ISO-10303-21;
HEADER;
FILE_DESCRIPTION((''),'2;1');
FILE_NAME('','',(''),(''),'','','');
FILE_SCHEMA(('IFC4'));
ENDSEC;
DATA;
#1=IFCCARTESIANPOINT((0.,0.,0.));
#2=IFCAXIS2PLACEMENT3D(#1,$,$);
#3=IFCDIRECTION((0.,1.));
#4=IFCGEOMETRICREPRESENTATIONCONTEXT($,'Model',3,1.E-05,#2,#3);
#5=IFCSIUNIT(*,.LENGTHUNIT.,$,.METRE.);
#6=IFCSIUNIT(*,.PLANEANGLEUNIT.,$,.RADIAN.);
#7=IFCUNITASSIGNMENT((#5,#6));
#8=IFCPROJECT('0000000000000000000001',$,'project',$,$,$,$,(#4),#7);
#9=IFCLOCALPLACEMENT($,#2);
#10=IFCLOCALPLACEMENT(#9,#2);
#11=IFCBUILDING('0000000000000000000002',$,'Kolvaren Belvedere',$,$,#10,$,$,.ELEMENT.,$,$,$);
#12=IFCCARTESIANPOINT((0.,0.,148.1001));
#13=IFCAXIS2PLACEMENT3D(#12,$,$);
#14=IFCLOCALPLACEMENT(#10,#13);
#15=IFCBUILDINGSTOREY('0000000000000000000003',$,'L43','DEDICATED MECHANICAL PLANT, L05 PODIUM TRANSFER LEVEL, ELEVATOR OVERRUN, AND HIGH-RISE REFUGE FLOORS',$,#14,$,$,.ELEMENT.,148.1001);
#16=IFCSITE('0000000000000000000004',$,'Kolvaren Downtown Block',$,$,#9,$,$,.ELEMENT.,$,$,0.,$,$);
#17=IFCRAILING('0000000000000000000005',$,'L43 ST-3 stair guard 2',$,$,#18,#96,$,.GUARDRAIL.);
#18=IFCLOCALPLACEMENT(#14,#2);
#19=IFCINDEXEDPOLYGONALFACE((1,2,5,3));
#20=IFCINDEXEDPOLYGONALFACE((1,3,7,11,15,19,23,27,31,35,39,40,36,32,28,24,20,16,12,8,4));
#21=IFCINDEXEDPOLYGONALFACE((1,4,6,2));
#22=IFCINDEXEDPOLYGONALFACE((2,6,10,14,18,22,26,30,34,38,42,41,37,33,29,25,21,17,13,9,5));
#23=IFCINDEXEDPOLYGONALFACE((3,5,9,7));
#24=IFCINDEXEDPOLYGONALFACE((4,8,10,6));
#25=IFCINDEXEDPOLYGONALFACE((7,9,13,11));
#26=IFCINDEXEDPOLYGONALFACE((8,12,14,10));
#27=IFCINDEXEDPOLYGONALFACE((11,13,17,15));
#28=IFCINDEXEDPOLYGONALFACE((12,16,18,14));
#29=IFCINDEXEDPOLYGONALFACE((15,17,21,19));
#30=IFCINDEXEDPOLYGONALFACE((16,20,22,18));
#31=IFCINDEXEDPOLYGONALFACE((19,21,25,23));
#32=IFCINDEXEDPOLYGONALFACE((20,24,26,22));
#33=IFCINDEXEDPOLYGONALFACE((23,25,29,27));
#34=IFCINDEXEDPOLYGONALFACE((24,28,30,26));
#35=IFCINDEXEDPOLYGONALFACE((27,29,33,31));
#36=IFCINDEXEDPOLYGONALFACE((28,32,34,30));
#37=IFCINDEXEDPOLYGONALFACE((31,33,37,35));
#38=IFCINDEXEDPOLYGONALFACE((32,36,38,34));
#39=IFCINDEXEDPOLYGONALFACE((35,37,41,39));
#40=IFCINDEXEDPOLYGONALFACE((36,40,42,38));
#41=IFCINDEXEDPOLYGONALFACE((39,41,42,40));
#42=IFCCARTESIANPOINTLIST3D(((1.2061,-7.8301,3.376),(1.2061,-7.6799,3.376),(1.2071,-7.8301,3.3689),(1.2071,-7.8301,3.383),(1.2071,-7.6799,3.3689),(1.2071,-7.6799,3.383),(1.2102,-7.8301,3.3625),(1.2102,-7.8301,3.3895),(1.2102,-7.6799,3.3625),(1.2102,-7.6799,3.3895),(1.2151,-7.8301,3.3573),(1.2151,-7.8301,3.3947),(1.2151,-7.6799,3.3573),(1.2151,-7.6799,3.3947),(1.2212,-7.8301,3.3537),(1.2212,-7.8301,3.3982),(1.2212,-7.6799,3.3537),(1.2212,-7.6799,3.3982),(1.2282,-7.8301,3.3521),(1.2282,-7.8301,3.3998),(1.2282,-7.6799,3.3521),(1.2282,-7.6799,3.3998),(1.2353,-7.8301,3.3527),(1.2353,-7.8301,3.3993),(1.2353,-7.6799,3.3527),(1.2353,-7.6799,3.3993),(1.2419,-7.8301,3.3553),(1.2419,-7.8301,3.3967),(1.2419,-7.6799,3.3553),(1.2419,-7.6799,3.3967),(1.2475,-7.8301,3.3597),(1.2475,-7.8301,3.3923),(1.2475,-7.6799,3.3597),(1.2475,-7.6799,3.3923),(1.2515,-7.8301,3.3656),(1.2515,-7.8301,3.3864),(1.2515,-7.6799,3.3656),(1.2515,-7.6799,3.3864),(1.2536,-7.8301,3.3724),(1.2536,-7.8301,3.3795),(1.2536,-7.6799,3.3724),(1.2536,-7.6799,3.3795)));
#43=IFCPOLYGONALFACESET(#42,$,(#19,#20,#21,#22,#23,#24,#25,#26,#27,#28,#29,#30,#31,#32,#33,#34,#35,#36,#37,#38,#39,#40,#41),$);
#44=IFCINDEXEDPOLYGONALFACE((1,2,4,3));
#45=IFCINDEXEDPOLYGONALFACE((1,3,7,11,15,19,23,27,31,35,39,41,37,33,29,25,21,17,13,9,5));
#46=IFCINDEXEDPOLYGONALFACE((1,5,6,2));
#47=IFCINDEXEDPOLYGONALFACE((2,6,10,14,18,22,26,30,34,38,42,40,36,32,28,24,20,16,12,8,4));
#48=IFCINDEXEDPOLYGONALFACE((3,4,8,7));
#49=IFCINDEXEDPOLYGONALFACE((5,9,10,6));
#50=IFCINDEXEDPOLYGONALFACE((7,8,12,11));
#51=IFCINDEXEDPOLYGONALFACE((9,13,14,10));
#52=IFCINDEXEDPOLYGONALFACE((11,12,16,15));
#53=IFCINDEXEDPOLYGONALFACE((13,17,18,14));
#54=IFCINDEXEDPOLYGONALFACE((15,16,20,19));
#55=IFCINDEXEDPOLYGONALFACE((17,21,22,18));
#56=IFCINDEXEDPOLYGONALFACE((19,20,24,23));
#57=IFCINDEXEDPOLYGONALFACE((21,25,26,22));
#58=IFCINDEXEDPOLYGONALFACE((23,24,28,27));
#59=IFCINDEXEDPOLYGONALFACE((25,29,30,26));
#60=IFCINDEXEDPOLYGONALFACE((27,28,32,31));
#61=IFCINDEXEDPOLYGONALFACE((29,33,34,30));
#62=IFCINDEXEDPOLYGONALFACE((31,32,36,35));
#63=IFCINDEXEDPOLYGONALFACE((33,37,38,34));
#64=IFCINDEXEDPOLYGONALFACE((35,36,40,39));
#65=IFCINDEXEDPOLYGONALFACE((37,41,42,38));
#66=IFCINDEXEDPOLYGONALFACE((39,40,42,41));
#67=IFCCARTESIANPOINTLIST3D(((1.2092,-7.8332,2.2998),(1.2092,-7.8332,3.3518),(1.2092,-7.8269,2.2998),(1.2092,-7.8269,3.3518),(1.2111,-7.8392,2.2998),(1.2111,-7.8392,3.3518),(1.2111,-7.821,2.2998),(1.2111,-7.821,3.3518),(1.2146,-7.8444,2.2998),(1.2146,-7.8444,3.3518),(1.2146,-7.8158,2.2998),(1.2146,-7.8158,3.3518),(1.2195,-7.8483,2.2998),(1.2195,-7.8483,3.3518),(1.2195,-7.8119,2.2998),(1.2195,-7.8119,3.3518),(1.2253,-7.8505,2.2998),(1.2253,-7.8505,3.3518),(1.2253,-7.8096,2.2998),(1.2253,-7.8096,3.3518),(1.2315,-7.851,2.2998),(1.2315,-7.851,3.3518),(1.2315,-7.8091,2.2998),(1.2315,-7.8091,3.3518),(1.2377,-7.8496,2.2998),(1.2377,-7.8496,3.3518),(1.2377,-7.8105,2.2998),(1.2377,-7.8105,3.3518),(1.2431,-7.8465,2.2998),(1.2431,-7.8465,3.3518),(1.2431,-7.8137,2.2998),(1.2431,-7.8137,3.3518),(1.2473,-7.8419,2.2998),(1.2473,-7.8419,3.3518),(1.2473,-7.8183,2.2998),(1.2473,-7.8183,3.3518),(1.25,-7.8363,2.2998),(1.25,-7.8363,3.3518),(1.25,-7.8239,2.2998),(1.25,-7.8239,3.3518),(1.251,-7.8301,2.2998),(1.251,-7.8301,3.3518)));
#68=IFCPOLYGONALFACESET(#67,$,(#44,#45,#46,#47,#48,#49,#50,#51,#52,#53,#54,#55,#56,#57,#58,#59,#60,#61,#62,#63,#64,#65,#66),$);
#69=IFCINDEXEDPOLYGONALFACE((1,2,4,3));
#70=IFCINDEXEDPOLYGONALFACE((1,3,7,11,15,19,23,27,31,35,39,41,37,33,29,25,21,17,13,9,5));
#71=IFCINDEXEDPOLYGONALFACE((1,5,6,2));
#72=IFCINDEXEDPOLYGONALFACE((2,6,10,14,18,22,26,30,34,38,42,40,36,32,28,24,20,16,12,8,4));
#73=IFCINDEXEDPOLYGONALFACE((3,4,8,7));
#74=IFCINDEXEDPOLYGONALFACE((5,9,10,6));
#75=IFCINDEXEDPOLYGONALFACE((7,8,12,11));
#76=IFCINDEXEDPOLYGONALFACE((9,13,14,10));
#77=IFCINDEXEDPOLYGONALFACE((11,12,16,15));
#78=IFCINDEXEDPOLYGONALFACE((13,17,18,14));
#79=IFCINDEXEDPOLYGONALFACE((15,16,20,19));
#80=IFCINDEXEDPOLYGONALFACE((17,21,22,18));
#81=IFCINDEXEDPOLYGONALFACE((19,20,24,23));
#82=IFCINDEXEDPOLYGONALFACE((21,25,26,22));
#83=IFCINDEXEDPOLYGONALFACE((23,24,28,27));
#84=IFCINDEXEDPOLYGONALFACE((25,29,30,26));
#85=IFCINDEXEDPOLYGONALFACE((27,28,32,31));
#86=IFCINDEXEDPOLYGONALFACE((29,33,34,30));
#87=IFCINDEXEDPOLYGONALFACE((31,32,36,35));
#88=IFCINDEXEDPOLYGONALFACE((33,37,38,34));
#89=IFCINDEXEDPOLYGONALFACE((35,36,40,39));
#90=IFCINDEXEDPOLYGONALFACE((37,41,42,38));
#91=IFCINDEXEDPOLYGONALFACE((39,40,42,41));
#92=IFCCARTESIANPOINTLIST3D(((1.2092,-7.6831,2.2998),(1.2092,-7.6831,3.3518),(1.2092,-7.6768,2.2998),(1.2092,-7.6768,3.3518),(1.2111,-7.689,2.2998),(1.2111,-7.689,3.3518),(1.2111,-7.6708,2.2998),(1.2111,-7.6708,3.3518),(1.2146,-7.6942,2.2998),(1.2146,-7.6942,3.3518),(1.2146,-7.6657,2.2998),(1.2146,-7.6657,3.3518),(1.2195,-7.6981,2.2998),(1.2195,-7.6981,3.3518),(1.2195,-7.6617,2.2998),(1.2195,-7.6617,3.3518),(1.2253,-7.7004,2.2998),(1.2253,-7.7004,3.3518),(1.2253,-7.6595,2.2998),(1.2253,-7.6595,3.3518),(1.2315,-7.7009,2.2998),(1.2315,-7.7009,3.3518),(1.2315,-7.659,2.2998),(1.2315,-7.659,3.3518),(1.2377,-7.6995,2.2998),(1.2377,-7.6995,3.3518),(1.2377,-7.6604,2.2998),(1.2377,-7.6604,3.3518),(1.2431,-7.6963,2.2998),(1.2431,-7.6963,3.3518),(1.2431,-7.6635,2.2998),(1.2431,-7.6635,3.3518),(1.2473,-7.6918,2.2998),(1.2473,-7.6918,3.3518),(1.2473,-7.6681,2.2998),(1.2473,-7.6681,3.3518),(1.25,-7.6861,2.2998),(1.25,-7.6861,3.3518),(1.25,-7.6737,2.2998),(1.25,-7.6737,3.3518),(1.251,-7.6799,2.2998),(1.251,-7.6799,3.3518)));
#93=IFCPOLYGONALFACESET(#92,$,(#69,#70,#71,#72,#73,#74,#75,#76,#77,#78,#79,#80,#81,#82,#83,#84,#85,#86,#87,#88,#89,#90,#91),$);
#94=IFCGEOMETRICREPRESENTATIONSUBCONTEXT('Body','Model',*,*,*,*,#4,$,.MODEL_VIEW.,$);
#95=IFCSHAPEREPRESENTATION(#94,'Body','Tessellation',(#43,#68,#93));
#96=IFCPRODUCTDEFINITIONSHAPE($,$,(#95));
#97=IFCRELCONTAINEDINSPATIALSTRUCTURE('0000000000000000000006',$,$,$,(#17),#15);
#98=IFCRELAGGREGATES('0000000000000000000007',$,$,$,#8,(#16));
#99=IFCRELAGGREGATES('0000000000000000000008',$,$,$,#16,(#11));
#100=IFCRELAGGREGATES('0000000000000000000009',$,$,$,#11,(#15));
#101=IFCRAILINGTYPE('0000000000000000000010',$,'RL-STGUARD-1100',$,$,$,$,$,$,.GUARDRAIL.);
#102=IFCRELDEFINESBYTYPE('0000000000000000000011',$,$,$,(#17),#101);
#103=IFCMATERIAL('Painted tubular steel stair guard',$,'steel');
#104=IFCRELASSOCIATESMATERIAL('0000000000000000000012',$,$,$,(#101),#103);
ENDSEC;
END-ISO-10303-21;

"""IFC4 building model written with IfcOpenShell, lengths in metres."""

from ifc_helpers import new_model, si_unit, direction, frame, origin, origin_2d, place, context, subcontext, project, spatial, circle, extrude, material, type_object, element, save


model = new_model("IFC4")

# Units and contexts
model_context = context("Model", 3, precision=1e-05, world=origin(), true_north=direction((0.0, 1.0)))
body_context = subcontext(model_context, "Body", "Model", "MODEL_VIEW")
ifc_project = project(units=[si_unit("LENGTHUNIT", "METRE"), si_unit("PLANEANGLEUNIT", "RADIAN")], contexts=[model_context])

# Site, building, storey
site_placement = place(None, origin())
site = spatial("IfcSite", under=ifc_project, at=site_placement, Name="Kolvaren Downtown Block", CompositionType="ELEMENT", RefElevation=0.0)
building_placement = place(site_placement, origin())
building = spatial("IfcBuilding", under=site, at=building_placement, Name="Kolvaren Belvedere", CompositionType="ELEMENT")
storey_placement = place(building_placement, frame((0.0, 0.0, 148.1001)))
storey = spatial("IfcBuildingStorey", under=building, at=storey_placement, Name="L43", Description="DEDICATED MECHANICAL PLANT, L05 PODIUM TRANSFER LEVEL, ELEVATOR OVERRUN, AND HIGH-RISE REFUGE FLOORS", CompositionType="ELEMENT", Elevation=148.1001)

# Railing
ifc_material_1 = material(Name="Painted tubular steel stair guard", Category="steel")
railing_type_1 = type_object("IfcRailingType", Name="RL-STGUARD-1100", PredefinedType="GUARDRAIL", material=ifc_material_1)
railing_1_placement = place(storey_placement, frame((1.23, -7.8301, 2.2998)))
element("IfcRailing", 1, at=railing_1_placement, inside=storey, type_object=railing_type_1, Name="L43 ST-3 stair guard 2", PredefinedType="GUARDRAIL", context=body_context, shape_type="SweptSolid", body=[
    extrude(circle(Radius=0.0239, at=origin_2d()), frame((0.0, 0.0, 1.0762), z_axis=(0.0, 1.0, 0.0), x_axis=(-1.0, 0.0, 0.0)), (0.0, 0.0, 1.0), 0.1501),
    extrude(circle(Radius=0.021, at=origin_2d()), origin(), (0.0, 0.0, 1.0), 1.052),
    extrude(circle(Radius=0.021, at=origin_2d()), frame((0.0, 0.1501, 0.0)), (0.0, 0.0, 1.0), 1.052),
])

save(model, "model.ifc")
